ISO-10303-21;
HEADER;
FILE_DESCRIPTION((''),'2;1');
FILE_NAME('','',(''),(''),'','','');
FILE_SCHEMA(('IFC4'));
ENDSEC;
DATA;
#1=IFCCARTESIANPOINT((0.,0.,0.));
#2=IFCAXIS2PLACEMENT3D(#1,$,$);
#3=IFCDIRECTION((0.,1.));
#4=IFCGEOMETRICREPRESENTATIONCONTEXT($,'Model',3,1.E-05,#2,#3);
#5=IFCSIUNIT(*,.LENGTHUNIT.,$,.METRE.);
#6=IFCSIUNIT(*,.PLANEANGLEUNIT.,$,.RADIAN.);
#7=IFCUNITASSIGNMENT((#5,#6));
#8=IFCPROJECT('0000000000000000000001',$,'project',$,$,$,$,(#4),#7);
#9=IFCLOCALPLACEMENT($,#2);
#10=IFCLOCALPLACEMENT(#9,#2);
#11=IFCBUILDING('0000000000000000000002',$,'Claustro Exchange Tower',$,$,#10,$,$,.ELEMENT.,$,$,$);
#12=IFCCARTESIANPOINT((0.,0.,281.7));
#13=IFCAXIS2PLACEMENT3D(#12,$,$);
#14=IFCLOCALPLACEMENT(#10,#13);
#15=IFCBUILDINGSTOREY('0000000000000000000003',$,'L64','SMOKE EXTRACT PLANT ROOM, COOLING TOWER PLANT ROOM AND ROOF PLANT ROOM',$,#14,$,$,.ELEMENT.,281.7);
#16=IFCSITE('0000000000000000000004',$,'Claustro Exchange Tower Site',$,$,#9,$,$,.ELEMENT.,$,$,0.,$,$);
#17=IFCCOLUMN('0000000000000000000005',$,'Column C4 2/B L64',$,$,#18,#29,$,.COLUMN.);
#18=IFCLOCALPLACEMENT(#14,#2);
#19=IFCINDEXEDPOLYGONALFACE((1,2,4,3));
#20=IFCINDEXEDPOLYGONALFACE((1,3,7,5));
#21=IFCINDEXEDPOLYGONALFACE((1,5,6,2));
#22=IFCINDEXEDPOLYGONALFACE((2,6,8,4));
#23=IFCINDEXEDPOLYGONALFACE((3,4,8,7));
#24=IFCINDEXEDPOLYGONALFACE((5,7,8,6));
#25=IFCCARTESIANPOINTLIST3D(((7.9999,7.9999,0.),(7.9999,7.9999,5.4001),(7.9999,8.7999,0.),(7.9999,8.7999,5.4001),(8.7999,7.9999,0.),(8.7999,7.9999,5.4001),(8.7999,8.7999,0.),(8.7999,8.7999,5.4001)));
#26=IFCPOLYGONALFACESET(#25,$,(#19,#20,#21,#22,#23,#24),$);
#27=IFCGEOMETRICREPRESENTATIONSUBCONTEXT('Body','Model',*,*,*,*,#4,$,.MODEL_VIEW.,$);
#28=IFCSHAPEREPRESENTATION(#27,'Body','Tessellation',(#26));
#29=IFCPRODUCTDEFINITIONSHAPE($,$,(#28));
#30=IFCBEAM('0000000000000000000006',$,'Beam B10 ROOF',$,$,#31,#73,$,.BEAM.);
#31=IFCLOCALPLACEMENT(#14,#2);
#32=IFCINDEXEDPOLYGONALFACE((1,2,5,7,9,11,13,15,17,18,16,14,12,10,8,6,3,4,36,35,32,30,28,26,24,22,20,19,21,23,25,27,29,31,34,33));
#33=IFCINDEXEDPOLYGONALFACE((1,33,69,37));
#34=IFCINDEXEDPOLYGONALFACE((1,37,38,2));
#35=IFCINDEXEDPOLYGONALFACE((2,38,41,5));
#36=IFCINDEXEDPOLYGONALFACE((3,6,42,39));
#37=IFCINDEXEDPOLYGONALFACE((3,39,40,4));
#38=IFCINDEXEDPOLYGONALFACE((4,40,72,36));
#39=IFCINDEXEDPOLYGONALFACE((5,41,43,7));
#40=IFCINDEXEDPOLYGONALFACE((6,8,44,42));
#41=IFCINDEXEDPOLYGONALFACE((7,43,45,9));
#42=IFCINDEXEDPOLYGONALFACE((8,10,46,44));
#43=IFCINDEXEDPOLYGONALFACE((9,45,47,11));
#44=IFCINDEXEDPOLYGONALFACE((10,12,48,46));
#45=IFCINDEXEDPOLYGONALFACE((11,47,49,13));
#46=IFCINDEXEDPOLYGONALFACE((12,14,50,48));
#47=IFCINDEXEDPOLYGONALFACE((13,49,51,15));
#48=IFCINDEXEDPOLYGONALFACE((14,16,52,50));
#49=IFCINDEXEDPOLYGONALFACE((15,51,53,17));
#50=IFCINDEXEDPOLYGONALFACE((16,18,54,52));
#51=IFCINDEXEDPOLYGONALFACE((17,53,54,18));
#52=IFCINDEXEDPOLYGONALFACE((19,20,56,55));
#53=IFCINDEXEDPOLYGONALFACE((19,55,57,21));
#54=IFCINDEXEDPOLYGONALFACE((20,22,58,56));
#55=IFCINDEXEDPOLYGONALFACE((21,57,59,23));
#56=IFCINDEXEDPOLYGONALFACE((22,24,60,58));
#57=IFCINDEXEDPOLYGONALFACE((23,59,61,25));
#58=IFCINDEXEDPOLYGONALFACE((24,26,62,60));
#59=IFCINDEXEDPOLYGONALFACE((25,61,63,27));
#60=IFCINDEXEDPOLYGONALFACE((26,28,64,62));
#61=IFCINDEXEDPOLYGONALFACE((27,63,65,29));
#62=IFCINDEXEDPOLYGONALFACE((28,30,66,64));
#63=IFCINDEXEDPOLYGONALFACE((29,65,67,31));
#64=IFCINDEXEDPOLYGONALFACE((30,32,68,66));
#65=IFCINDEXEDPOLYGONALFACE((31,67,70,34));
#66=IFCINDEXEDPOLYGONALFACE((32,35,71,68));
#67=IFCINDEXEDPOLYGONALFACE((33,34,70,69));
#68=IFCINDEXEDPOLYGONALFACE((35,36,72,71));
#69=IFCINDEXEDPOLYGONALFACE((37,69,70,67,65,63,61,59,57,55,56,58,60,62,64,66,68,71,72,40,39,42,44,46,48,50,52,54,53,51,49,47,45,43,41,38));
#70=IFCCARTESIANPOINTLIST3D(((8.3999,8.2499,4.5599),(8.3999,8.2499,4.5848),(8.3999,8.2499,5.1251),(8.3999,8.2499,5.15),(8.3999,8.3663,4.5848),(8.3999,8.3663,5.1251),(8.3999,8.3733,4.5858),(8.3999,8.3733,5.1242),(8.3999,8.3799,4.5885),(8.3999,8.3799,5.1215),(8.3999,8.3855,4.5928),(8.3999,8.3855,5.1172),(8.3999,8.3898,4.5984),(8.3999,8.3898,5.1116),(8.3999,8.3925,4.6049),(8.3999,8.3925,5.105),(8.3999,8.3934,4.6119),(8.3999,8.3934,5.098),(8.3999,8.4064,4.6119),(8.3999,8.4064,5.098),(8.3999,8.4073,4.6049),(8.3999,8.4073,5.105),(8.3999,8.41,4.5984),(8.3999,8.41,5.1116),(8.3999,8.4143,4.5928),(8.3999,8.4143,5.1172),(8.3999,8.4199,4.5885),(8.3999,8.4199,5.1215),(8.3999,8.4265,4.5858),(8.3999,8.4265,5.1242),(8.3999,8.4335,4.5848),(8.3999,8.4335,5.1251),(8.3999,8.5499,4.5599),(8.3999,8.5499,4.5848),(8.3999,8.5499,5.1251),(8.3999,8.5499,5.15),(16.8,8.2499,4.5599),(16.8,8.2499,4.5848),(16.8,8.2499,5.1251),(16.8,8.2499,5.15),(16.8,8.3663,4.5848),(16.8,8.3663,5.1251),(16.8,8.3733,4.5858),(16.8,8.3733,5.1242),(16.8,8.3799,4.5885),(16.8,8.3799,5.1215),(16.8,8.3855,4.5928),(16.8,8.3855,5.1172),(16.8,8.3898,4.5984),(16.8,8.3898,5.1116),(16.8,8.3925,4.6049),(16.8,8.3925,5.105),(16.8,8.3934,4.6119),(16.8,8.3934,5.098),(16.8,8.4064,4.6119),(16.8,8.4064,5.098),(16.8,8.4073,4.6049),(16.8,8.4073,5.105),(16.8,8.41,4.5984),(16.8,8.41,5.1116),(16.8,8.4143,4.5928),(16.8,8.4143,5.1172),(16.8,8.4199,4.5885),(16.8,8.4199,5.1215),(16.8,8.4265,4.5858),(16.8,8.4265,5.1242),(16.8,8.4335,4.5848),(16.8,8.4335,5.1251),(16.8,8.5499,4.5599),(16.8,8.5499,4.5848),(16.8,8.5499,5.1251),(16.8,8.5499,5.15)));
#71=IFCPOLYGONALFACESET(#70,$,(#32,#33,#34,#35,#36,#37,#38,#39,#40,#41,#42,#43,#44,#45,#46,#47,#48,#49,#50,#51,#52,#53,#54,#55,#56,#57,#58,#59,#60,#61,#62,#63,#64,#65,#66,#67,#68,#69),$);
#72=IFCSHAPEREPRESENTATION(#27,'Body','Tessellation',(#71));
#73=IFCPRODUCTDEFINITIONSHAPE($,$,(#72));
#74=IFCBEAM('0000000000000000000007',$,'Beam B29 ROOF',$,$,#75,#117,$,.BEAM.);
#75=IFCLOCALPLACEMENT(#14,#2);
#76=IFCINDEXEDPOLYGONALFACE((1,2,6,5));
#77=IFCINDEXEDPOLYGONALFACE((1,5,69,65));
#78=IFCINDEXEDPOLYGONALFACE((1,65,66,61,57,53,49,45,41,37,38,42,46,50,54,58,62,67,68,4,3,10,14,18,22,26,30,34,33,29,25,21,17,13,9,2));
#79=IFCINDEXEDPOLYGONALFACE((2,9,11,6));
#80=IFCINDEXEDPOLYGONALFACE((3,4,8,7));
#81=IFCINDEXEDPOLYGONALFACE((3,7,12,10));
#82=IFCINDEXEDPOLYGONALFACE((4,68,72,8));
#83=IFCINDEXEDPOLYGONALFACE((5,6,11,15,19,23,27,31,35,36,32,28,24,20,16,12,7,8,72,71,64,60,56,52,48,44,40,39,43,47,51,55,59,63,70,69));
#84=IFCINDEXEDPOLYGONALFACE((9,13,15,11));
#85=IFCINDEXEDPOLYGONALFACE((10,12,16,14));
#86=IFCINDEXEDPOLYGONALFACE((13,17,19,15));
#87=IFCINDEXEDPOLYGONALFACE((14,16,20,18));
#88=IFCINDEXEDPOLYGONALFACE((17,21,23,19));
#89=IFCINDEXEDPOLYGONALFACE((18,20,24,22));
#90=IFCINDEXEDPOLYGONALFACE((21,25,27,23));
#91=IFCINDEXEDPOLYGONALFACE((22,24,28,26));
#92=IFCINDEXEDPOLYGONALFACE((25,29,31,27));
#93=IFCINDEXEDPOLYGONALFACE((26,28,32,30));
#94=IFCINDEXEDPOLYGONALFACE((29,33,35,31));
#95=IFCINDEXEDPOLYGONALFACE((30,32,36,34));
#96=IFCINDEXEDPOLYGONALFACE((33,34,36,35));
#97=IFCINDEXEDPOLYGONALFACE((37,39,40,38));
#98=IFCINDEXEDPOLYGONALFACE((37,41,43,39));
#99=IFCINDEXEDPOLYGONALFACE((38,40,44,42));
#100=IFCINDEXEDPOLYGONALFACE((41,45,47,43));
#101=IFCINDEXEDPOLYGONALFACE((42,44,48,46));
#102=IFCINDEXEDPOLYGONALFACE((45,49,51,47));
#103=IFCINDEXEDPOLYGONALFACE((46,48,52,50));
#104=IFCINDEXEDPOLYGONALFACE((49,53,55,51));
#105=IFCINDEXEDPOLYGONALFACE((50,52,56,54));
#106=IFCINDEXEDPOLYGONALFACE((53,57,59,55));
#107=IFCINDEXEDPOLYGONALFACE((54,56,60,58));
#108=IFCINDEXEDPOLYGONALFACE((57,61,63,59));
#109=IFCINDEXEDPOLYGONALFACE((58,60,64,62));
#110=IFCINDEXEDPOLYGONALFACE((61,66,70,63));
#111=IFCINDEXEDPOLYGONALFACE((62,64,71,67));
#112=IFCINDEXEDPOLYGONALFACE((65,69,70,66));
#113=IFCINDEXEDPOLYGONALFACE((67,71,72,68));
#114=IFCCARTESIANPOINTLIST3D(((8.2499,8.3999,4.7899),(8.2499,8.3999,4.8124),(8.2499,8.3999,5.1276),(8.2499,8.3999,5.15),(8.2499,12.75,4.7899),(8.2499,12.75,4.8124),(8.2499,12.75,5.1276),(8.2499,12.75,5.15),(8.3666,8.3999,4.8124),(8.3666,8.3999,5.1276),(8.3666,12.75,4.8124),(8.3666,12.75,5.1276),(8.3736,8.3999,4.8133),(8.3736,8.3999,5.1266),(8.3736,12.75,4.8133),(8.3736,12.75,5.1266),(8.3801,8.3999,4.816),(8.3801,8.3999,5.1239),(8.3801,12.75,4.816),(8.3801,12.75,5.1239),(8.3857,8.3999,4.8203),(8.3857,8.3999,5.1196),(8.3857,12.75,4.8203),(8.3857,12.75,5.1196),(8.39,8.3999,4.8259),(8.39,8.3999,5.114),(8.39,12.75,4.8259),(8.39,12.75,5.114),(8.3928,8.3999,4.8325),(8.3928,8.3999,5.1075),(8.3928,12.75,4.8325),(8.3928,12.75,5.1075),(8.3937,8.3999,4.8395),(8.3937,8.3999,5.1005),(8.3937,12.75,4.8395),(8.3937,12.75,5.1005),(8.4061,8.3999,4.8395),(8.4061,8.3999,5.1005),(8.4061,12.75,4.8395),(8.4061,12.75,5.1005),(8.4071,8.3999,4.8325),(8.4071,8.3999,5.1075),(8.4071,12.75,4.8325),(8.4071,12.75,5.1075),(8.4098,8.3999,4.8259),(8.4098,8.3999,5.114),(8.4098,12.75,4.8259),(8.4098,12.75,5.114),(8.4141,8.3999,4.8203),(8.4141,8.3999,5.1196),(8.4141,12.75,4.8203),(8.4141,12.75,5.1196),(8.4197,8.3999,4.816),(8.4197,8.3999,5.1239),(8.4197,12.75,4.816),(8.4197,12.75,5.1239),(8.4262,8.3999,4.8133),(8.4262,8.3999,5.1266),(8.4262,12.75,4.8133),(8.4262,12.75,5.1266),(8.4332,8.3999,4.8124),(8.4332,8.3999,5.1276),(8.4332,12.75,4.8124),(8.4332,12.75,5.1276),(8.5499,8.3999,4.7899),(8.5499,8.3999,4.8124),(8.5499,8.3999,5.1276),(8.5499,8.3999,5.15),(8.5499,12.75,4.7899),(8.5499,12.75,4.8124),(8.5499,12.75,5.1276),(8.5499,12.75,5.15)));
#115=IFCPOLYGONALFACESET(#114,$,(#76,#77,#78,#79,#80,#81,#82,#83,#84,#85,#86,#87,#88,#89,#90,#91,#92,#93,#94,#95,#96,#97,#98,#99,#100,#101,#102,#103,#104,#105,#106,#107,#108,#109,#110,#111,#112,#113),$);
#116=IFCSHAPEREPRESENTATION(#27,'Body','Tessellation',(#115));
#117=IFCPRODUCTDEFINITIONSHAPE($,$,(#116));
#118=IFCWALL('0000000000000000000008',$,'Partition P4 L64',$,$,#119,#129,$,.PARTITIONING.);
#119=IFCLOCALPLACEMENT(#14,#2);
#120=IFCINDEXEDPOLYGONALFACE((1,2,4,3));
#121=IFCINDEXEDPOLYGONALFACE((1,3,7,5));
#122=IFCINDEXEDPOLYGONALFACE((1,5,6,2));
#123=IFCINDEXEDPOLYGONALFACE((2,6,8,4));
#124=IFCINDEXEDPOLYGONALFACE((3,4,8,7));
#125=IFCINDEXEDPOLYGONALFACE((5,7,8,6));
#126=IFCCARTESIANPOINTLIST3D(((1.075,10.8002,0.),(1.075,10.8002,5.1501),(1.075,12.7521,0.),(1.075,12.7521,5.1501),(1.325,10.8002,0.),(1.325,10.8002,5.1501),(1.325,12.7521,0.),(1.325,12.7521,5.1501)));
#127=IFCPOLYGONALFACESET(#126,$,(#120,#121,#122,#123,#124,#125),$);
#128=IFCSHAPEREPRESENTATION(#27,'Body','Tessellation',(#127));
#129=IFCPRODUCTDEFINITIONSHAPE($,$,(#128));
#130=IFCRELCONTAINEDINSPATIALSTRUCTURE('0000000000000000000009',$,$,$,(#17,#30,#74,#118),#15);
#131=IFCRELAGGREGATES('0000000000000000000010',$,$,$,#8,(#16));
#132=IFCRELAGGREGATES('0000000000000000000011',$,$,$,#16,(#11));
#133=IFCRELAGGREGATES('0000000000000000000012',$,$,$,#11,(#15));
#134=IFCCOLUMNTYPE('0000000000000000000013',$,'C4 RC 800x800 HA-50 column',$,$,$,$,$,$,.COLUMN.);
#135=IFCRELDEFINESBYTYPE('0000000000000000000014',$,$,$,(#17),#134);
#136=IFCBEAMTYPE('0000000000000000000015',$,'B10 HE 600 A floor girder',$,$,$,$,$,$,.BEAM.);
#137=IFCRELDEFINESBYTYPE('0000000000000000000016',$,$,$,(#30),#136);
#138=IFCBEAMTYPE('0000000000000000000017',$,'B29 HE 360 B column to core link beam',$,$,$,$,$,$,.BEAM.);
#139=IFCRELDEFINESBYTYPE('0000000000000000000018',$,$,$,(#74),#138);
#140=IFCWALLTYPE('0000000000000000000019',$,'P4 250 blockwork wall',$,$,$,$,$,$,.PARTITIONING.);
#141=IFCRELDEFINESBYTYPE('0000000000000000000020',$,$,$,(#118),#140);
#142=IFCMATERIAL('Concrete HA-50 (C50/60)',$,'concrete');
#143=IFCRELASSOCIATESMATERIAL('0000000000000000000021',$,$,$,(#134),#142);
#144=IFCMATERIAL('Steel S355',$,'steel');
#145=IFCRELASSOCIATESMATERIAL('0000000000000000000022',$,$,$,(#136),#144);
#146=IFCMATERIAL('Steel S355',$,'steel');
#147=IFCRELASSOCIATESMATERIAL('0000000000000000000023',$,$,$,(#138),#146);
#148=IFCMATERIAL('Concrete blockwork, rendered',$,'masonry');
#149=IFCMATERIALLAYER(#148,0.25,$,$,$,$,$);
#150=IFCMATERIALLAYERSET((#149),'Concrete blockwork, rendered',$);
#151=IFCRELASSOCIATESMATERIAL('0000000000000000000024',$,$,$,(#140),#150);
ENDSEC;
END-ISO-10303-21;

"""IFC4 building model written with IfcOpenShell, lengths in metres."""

from ifc_helpers import new_model, si_unit, direction, frame, frame_2d, origin, origin_2d, place, context, subcontext, project, spatial, rectangle, i_section, extrude, material, layer, layer_set, material_profile, profile_set, type_object, element, save


model = new_model("IFC4")

# Units and contexts
model_context = context("Model", 3, precision=1e-05, world=origin(), true_north=direction((0.0, 1.0)))
body_context = subcontext(model_context, "Body", "Model", "MODEL_VIEW")
ifc_project = project(units=[si_unit("LENGTHUNIT", "METRE"), si_unit("PLANEANGLEUNIT", "RADIAN")], contexts=[model_context])

# Site, building, storey
site_placement = place(None, origin())
site = spatial("IfcSite", under=ifc_project, at=site_placement, Name="Claustro Exchange Tower Site", CompositionType="ELEMENT", RefElevation=0.0)
building_placement = place(site_placement, origin())
building = spatial("IfcBuilding", under=site, at=building_placement, Name="Claustro Exchange Tower", CompositionType="ELEMENT")
storey_placement = place(building_placement, frame((0.0, 0.0, 281.7)))
storey = spatial("IfcBuildingStorey", under=building, at=storey_placement, Name="L64", Description="SMOKE EXTRACT PLANT ROOM, COOLING TOWER PLANT ROOM AND ROOF PLANT ROOM", CompositionType="ELEMENT", Elevation=281.7)

# Column
ifc_material_1 = material(Name="Concrete HA-50 (C50/60)", Category="concrete")
ifc_material_profile_1 = material_profile(ifc_material_1, rectangle(XDim=0.8, YDim=0.8, at=origin_2d()), Name="RC 800x800")
ifc_profile_set_1 = profile_set([ifc_material_profile_1], Name="Concrete HA-50 (C50/60)")
column_type = type_object("IfcColumnType", Name="C4 RC 800x800 HA-50 column", PredefinedType="COLUMN", material=ifc_profile_set_1)
column_placement = place(storey_placement, frame((8.3999, 8.3999, 0.0), z_axis=(0.0, 0.0, 1.0), x_axis=(1.0, 0.0, 0.0)))
element("IfcColumn", 1, at=column_placement, inside=storey, type_object=column_type, Name="Column C4 2/B L64", PredefinedType="COLUMN", context=body_context, shape_type="SweptSolid", body=[
    extrude(rectangle(XDim=0.8, YDim=0.8, at=origin_2d()), origin(), (0.0, 0.0, 1.0), 5.4001),
])

# Beams
ifc_material_2 = material(Name="Steel S355", Category="steel")
ifc_material_profile_2 = material_profile(ifc_material_2, i_section(OverallWidth=0.3, OverallDepth=0.5901, WebThickness=0.0129, FlangeThickness=0.0249, FilletRadius=0.0271, at=origin_2d()), Name="HE 600 A")
ifc_profile_set_2 = profile_set([ifc_material_profile_2], Name="Steel S355")
beam_type_1 = type_object("IfcBeamType", Name="B10 HE 600 A floor girder", PredefinedType="BEAM", material=ifc_profile_set_2)
beam_1_placement = place(storey_placement, frame((8.3999, 8.3999, 4.855), z_axis=(1.0, 0.0, 0.0), x_axis=(0.0, 1.0, 0.0)))
element("IfcBeam", 2, at=beam_1_placement, inside=storey, type_object=beam_type_1, Name="Beam B10 ROOF", PredefinedType="BEAM", context=body_context, shape_type="SweptSolid", body=[
    extrude(i_section(OverallWidth=0.3, OverallDepth=0.5901, WebThickness=0.0129, FlangeThickness=0.0249, FilletRadius=0.0271, at=origin_2d()), origin(), (0.0, 0.0, 1.0), 8.4001),
])
ifc_material_3 = material(Name="Steel S355", Category="steel")
ifc_material_profile_3 = material_profile(ifc_material_3, i_section(OverallWidth=0.3, OverallDepth=0.3601, WebThickness=0.0125, FlangeThickness=0.0225, FilletRadius=0.0271, at=origin_2d()), Name="HE 360 B")
ifc_profile_set_3 = profile_set([ifc_material_profile_3], Name="Steel S355")
beam_type_2 = type_object("IfcBeamType", Name="B29 HE 360 B column to core link beam", PredefinedType="BEAM", material=ifc_profile_set_3)
beam_2_placement = place(storey_placement, frame((8.3999, 8.3999, 4.97), z_axis=(0.0, 1.0, 0.0), x_axis=(-1.0, 0.0, 0.0)))
element("IfcBeam", 3, at=beam_2_placement, inside=storey, type_object=beam_type_2, Name="Beam B29 ROOF", PredefinedType="BEAM", context=body_context, shape_type="SweptSolid", body=[
    extrude(i_section(OverallWidth=0.3, OverallDepth=0.3601, WebThickness=0.0125, FlangeThickness=0.0225, FilletRadius=0.0271, at=origin_2d()), origin(), (0.0, 0.0, 1.0), 4.3501),
])

# Wall
ifc_material_4 = material(Name="Concrete blockwork, rendered", Category="masonry")
ifc_layer_1 = layer(ifc_material_4, 0.25)
ifc_layer_set_1 = layer_set([ifc_layer_1], Name="Concrete blockwork, rendered")
wall_type_1 = type_object("IfcWallType", Name="P4 250 blockwork wall", PredefinedType="PARTITIONING", material=ifc_layer_set_1)
wall_1_placement = place(storey_placement, frame((1.2, 10.8, 0.0), z_axis=(0.0, 0.0, 1.0), x_axis=(0.0, 1.0, 0.0)))
element("IfcWall", 4, at=wall_1_placement, inside=storey, type_object=wall_type_1, Name="Partition P4 L64", PredefinedType="PARTITIONING", context=body_context, shape_type="SweptSolid", body=[
    extrude(rectangle(XDim=1.9519, YDim=0.25, at=frame_2d((0.9761, 0.0))), origin(), (0.0, 0.0, 1.0), 5.1501),
])

save(model, "model.ifc")
